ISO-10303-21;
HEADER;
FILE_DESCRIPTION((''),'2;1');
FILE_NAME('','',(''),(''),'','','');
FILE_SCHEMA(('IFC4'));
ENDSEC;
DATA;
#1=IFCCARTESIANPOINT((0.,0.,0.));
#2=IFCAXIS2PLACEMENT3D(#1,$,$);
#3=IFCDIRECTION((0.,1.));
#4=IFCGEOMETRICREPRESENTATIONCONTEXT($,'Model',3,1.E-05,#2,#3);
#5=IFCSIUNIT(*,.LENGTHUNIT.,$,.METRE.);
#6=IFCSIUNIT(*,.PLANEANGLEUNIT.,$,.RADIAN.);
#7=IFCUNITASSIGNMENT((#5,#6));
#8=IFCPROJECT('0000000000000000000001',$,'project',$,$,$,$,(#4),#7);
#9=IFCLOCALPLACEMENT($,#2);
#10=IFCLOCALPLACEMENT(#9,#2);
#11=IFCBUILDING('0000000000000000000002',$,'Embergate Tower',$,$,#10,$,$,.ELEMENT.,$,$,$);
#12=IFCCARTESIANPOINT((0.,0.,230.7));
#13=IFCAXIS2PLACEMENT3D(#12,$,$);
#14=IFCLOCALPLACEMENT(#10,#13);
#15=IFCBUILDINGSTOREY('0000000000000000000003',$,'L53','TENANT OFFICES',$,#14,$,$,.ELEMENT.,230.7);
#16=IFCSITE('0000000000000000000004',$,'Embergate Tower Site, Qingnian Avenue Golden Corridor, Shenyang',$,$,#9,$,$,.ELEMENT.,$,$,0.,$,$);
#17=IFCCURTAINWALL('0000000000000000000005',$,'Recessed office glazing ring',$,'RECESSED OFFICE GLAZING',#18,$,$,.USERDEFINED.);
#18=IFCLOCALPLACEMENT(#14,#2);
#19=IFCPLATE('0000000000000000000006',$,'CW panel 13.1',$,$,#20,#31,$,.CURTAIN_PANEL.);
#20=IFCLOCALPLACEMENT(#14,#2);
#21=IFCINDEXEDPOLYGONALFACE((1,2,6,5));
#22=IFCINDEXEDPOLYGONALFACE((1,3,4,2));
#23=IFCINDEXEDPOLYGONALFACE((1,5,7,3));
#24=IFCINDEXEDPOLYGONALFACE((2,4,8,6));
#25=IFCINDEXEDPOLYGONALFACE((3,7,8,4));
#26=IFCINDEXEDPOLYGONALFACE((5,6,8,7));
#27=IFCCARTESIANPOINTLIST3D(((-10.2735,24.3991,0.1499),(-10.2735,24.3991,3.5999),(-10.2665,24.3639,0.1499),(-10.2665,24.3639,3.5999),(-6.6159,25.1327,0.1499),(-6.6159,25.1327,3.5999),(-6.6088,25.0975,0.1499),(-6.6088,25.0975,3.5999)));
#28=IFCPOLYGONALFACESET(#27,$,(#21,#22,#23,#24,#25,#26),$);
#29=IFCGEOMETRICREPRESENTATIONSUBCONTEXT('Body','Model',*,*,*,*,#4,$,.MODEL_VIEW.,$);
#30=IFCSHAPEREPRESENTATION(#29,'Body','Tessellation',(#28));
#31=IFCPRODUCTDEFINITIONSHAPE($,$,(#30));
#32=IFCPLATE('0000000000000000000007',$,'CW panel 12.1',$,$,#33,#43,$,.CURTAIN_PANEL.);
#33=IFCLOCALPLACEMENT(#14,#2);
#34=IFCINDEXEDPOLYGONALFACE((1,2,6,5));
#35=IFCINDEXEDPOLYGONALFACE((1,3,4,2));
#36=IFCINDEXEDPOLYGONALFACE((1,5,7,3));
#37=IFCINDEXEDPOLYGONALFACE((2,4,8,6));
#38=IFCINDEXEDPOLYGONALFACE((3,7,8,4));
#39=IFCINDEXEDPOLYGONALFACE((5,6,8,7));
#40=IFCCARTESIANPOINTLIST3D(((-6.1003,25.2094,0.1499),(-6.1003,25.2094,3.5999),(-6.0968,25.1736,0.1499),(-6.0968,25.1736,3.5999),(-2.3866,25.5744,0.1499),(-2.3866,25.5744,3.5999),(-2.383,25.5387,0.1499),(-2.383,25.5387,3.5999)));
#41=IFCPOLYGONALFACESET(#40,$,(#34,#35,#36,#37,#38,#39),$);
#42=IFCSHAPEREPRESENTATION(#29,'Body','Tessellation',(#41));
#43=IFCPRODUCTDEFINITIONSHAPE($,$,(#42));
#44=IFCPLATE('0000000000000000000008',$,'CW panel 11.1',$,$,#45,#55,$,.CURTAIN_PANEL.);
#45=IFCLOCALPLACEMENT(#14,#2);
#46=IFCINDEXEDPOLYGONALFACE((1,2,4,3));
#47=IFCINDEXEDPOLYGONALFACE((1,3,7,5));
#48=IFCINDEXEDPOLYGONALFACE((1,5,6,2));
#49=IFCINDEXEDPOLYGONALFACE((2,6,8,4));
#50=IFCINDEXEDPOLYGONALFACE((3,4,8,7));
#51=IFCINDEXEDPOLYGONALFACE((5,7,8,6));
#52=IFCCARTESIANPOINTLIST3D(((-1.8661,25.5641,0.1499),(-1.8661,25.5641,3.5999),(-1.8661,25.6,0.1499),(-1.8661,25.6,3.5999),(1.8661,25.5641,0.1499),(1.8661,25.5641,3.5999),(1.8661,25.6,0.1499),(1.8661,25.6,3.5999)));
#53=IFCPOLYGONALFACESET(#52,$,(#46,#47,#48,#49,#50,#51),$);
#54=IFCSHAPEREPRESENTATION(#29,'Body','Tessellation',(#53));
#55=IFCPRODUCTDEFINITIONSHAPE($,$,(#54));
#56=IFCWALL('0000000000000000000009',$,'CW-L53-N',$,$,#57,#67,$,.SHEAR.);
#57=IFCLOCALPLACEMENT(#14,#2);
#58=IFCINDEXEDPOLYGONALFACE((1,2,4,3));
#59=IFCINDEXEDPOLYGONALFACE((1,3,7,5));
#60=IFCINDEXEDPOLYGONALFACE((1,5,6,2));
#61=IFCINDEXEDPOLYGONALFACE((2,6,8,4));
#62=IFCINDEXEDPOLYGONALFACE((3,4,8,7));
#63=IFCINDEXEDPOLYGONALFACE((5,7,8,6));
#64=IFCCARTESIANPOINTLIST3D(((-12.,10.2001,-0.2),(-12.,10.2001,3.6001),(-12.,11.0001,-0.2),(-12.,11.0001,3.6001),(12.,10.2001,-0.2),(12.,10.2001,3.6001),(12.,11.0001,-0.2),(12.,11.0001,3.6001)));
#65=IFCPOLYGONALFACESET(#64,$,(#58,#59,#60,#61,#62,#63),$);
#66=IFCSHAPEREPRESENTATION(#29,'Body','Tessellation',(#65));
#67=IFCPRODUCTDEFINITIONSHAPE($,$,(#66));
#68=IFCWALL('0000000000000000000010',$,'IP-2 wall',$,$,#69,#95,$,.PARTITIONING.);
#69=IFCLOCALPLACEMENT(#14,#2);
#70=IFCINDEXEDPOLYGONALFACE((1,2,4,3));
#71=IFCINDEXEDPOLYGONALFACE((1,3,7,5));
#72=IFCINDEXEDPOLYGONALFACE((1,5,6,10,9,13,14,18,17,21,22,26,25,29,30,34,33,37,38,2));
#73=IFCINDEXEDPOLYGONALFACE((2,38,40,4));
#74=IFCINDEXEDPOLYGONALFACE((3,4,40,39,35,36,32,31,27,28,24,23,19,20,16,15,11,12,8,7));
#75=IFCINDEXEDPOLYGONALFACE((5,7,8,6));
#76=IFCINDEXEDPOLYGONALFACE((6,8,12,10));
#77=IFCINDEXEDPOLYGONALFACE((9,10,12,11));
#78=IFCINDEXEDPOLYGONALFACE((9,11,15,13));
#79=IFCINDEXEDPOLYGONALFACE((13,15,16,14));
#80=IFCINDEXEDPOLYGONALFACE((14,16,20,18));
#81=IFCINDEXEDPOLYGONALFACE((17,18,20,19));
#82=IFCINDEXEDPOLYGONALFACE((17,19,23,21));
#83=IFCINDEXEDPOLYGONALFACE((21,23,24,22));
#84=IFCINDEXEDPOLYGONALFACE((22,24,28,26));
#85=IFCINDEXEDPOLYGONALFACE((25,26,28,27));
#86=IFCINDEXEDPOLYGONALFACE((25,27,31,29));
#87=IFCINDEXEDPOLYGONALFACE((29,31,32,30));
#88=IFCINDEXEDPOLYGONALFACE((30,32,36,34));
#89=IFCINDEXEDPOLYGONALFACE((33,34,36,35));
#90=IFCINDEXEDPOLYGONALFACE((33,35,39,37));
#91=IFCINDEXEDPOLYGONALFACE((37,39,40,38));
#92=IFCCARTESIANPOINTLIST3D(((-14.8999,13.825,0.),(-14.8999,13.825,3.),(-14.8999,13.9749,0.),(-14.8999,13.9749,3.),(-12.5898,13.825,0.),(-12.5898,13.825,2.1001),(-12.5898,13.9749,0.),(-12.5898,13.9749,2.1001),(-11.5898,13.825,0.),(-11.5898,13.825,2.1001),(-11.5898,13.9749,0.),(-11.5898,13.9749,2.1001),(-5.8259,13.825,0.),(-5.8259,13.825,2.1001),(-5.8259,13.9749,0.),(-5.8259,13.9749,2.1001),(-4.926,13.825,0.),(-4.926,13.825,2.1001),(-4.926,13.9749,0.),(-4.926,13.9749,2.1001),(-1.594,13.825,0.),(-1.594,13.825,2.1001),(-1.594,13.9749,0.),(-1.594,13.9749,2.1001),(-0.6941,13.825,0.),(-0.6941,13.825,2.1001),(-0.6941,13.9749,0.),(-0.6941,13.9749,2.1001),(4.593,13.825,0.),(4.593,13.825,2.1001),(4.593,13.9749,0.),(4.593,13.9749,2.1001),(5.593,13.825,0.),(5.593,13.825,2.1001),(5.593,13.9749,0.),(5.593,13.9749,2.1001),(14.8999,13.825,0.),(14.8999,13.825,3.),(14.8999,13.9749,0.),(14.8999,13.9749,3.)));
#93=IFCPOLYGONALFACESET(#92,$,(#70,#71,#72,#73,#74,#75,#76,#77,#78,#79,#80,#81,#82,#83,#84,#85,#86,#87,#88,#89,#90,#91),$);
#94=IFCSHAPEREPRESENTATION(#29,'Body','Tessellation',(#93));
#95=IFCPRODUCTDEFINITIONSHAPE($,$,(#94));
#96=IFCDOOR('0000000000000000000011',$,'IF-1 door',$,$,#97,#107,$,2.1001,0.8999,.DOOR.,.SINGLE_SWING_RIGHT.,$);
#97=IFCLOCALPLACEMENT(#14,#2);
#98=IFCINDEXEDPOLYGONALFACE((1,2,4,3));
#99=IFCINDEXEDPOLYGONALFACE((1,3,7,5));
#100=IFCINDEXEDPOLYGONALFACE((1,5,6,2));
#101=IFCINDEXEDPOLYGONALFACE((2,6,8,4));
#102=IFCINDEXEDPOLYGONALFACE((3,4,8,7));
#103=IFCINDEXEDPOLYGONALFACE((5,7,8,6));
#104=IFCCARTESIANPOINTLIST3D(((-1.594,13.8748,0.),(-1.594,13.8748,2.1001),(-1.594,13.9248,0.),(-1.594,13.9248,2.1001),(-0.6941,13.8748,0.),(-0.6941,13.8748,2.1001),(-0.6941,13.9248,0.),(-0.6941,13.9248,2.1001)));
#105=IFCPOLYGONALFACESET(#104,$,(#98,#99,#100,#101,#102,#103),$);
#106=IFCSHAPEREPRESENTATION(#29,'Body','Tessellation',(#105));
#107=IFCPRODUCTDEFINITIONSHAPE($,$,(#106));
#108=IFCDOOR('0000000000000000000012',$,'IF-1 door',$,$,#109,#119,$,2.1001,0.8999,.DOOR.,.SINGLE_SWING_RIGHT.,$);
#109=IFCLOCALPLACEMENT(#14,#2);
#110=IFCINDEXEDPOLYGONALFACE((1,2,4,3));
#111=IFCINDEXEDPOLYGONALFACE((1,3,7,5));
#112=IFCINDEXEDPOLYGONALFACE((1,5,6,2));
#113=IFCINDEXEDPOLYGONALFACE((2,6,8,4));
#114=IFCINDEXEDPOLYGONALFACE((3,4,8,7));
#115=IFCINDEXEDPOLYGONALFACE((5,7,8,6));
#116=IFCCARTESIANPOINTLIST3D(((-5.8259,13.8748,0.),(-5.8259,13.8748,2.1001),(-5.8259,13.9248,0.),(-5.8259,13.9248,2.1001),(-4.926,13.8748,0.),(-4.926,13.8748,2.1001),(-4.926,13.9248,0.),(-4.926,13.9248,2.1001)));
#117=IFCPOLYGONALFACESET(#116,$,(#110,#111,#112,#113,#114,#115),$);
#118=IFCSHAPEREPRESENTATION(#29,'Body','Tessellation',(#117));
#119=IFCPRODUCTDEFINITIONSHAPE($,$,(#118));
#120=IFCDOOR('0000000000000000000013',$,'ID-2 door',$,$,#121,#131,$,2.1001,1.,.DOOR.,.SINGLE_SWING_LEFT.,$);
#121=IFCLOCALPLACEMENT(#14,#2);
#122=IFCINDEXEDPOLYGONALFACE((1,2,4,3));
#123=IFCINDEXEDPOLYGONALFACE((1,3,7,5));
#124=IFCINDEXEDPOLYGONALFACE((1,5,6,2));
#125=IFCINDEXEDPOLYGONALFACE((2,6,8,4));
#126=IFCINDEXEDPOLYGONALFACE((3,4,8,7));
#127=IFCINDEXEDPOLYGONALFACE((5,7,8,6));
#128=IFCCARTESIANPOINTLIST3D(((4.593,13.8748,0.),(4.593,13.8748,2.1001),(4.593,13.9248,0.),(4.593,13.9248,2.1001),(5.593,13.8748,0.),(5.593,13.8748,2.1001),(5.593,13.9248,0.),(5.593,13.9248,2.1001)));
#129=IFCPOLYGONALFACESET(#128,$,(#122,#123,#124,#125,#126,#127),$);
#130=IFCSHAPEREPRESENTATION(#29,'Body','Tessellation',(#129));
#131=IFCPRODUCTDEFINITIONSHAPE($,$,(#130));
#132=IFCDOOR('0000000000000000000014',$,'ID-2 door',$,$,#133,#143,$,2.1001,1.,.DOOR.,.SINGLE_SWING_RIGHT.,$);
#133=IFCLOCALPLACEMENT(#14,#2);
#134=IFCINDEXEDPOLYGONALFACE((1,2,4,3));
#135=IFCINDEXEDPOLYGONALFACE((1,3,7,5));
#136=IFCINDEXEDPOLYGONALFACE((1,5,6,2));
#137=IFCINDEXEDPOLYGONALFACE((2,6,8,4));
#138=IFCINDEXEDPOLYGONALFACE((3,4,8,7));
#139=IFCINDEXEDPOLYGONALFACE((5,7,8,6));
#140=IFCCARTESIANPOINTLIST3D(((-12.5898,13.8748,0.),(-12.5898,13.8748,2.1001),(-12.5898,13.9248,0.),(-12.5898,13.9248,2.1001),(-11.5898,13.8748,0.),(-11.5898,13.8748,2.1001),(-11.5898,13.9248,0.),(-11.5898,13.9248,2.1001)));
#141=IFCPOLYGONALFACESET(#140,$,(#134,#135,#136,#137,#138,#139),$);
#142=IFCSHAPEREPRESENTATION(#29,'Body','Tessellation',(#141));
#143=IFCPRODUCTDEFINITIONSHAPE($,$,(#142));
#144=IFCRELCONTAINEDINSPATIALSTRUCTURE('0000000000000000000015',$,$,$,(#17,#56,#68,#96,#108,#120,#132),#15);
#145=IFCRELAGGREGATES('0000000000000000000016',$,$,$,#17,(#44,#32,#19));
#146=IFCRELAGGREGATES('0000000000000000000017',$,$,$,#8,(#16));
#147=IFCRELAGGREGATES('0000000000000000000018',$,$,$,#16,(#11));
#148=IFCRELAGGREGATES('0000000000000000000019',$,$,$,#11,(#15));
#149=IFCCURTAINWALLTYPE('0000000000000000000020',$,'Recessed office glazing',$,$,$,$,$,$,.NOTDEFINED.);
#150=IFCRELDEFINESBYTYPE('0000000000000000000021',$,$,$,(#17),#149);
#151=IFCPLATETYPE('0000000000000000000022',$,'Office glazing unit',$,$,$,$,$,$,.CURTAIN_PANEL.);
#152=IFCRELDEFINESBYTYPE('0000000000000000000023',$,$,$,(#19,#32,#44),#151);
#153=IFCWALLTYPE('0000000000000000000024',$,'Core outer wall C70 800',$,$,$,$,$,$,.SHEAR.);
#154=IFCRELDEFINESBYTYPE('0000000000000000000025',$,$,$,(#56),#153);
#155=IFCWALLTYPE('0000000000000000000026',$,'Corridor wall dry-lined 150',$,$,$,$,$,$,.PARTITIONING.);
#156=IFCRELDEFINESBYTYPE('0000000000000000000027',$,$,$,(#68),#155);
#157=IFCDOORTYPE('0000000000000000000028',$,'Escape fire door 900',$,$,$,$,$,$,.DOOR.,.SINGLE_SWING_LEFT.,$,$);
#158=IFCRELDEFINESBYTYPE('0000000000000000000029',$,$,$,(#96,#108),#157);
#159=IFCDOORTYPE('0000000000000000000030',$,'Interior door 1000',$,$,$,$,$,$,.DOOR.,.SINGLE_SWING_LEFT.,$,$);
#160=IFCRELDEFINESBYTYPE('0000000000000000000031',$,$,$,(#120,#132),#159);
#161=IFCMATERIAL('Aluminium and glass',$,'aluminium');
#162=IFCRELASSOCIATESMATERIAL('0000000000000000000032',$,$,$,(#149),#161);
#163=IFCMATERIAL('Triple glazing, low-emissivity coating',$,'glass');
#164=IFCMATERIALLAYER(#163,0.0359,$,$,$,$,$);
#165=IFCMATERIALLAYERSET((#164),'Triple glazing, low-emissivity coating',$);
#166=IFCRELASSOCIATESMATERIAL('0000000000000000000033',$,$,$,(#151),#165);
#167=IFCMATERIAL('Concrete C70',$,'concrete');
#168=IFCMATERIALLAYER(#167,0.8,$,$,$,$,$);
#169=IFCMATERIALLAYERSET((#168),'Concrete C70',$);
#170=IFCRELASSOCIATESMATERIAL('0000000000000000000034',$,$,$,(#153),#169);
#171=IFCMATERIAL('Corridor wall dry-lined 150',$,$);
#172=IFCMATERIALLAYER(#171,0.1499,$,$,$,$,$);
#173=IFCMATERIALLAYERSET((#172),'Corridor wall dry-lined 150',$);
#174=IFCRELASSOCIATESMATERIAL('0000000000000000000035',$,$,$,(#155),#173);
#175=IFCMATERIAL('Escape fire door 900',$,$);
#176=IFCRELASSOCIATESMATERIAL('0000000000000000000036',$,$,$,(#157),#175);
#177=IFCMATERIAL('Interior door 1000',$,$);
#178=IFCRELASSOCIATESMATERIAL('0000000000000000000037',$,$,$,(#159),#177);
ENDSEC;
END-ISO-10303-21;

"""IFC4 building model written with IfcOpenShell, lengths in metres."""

from ifc_helpers import new_model, si_unit, direction, frame, frame_2d, origin, origin_2d, place, context, subcontext, project, spatial, rectangle, extrude, source, transform, mapped, material, layer, layer_set, type_object, element, fill, aggregate, save


model = new_model("IFC4")

# Units and contexts
model_context = context("Model", 3, precision=1e-05, world=origin(), true_north=direction((0.0, 1.0)))
body_context = subcontext(model_context, "Body", "Model", "MODEL_VIEW")
ifc_project = project(units=[si_unit("LENGTHUNIT", "METRE"), si_unit("PLANEANGLEUNIT", "RADIAN")], contexts=[model_context])

# Site, building, storey
site_placement = place(None, origin())
site = spatial("IfcSite", under=ifc_project, at=site_placement, Name="Embergate Tower Site, Qingnian Avenue Golden Corridor, Shenyang", CompositionType="ELEMENT", RefElevation=0.0)
building_placement = place(site_placement, origin())
building = spatial("IfcBuilding", under=site, at=building_placement, Name="Embergate Tower", CompositionType="ELEMENT")
storey_placement = place(building_placement, frame((0.0, 0.0, 230.7)))
storey = spatial("IfcBuildingStorey", under=building, at=storey_placement, Name="L53", Description="TENANT OFFICES", CompositionType="ELEMENT", Elevation=230.7)

# Curtain wall, plates
ifc_material_1 = material(Name="Aluminium and glass", Category="aluminium")
curtain_wall_type = type_object("IfcCurtainWallType", Name="Recessed office glazing", PredefinedType="NOTDEFINED", material=ifc_material_1)
curtain_wall_placement = place(storey_placement, origin())
curtain_wall = element("IfcCurtainWall", 1, at=curtain_wall_placement, inside=storey, type_object=curtain_wall_type, Name="Recessed office glazing ring", ObjectType="RECESSED OFFICE GLAZING", PredefinedType="USERDEFINED")
ifc_material_2 = material(Name="Triple glazing, low-emissivity coating", Category="glass")
ifc_layer_1 = layer(ifc_material_2, 0.0359)
ifc_layer_set_1 = layer_set([ifc_layer_1], Name="Triple glazing, low-emissivity coating")
plate_type = type_object("IfcPlateType", Name="Office glazing unit", PredefinedType="CURTAIN_PANEL", material=ifc_layer_set_1)
shared_shape_1 = source(origin(), body_context, "Body", "SweptSolid", [
    extrude(rectangle(XDim=3.7305, YDim=0.0359, at=origin_2d()), origin(), (0.0, 0.0, 1.0), 3.45),
])
plate_1_placement = place(storey_placement, frame((-8.4412, 24.7483, 0.1499), z_axis=(0.0, 0.0, 1.0), x_axis=(-0.980477, -0.196636, 0.0)))
plate_1 = element("IfcPlate", 2, at=plate_1_placement, type_object=plate_type, Name="CW panel 13.1", PredefinedType="CURTAIN_PANEL", context=body_context, shape_type="MappedRepresentation", body=[
    mapped(shared_shape_1, transform((0.0, 0.0, 0.0))),
])
shared_shape_2 = source(origin(), body_context, "Body", "SweptSolid", [
    extrude(rectangle(XDim=3.7317, YDim=0.0359, at=origin_2d()), origin(), (0.0, 0.0, 1.0), 3.45),
])
plate_2_placement = place(storey_placement, frame((-4.2417, 25.374, 0.1499), z_axis=(0.0, 0.0, 1.0), x_axis=(-0.995203, -0.097828, 0.0)))
plate_2 = element("IfcPlate", 3, at=plate_2_placement, type_object=plate_type, Name="CW panel 12.1", PredefinedType="CURTAIN_PANEL", context=body_context, shape_type="MappedRepresentation", body=[
    mapped(shared_shape_2, transform((0.0, 0.0, 0.0))),
])
shared_shape_3 = source(origin(), body_context, "Body", "SweptSolid", [
    extrude(rectangle(XDim=3.7322, YDim=0.0359, at=origin_2d()), origin(), (0.0, 0.0, 1.0), 3.45),
])
plate_3_placement = place(storey_placement, frame((0.0, 25.582, 0.1499), z_axis=(0.0, 0.0, 1.0), x_axis=(-1.0, 0.0, 0.0)))
plate_3 = element("IfcPlate", 4, at=plate_3_placement, type_object=plate_type, Name="CW panel 11.1", PredefinedType="CURTAIN_PANEL", context=body_context, shape_type="MappedRepresentation", body=[
    mapped(shared_shape_3, transform((0.0, 0.0, 0.0))),
])
aggregate(curtain_wall, [plate_3, plate_2, plate_1])

# Wall
ifc_material_3 = material(Name="Concrete C70", Category="concrete")
ifc_layer_2 = layer(ifc_material_3, 0.8)
ifc_layer_set_2 = layer_set([ifc_layer_2], Name="Concrete C70")
wall_type_1 = type_object("IfcWallType", Name="Core outer wall C70 800", PredefinedType="SHEAR", material=ifc_layer_set_2)
shared_shape_4 = source(origin(), body_context, "Body", "SweptSolid", [
    extrude(rectangle(XDim=24.0, YDim=0.8, at=frame_2d((12.0, 0.0))), origin(), (0.0, 0.0, 1.0), 3.8),
])
wall_1_placement = place(storey_placement, frame((-12.0, 10.6001, -0.2), z_axis=(0.0, 0.0, 1.0), x_axis=(1.0, 0.0, 0.0)))
element("IfcWall", 5, at=wall_1_placement, inside=storey, type_object=wall_type_1, Name="CW-L53-N", PredefinedType="SHEAR", context=body_context, shape_type="MappedRepresentation", body=[
    mapped(shared_shape_4, transform((0.0, 0.0, 0.0))),
])

# Wall, openings, doors
ifc_material_4 = material(Name="Corridor wall dry-lined 150")
ifc_layer_3 = layer(ifc_material_4, 0.1499)
ifc_layer_set_3 = layer_set([ifc_layer_3], Name="Corridor wall dry-lined 150")
wall_type_2 = type_object("IfcWallType", Name="Corridor wall dry-lined 150", PredefinedType="PARTITIONING", material=ifc_layer_set_3)
shared_shape_5 = source(origin(), body_context, "Body", "SweptSolid", [
    extrude(rectangle(XDim=29.7998, YDim=0.1499, at=frame_2d((14.8999, 0.0))), origin(), (0.0, 0.0, 1.0), 3.0),
])
wall_2_placement = place(storey_placement, frame((-14.8999, 13.8999, 0.0), z_axis=(0.0, 0.0, 1.0), x_axis=(1.0, 0.0, 0.0)))
wall_2 = element("IfcWall", 6, at=wall_2_placement, inside=storey, type_object=wall_type_2, Name="IP-2 wall", PredefinedType="PARTITIONING", context=body_context, shape_type="MappedRepresentation", body=[
    mapped(shared_shape_5, transform((0.0, 0.0, 0.0))),
])
shared_shape_6 = source(origin(), body_context, "Body", "SweptSolid", [
    extrude(rectangle(XDim=1.0, YDim=2.1001, at=frame_2d((0.5, 1.05))), frame((0.0, 0.085, 0.0), z_axis=(0.0, -1.0, 0.0), x_axis=(1.0, 0.0, 0.0)), (0.0, 0.0, 1.0), 0.1699),
])
opening_1_placement = place(wall_2_placement, frame((19.4929, 0.0, 0.0)))
opening_1 = element("IfcOpeningElement", 7, at=opening_1_placement, cuts=wall_2, PredefinedType="OPENING", context=body_context, shape_type="MappedRepresentation", body=[
    mapped(shared_shape_6, transform((0.0, 0.0, 0.0))),
])
shared_shape_7 = source(origin(), body_context, "Body", "SweptSolid", [
    extrude(rectangle(XDim=0.8999, YDim=2.1001, at=frame_2d((0.45, 1.05))), frame((0.0, 0.085, 0.0), z_axis=(0.0, -1.0, 0.0), x_axis=(1.0, 0.0, 0.0)), (0.0, 0.0, 1.0), 0.1699),
])
opening_2_placement = place(wall_2_placement, frame((13.3059, 0.0, 0.0)))
opening_2 = element("IfcOpeningElement", 8, at=opening_2_placement, cuts=wall_2, PredefinedType="OPENING", context=body_context, shape_type="MappedRepresentation", body=[
    mapped(shared_shape_7, transform((0.0, 0.0, 0.0))),
])
opening_3_placement = place(wall_2_placement, frame((9.074, 0.0, 0.0)))
opening_3 = element("IfcOpeningElement", 9, at=opening_3_placement, cuts=wall_2, PredefinedType="OPENING", context=body_context, shape_type="MappedRepresentation", body=[
    mapped(shared_shape_7, transform((0.0, 0.0, 0.0))),
])
opening_4_placement = place(wall_2_placement, frame((2.3101, 0.0, 0.0)))
opening_4 = element("IfcOpeningElement", 10, at=opening_4_placement, cuts=wall_2, PredefinedType="OPENING", context=body_context, shape_type="MappedRepresentation", body=[
    mapped(shared_shape_6, transform((0.0, 0.0, 0.0))),
])
ifc_material_5 = material(Name="Escape fire door 900")
door_type_1 = type_object("IfcDoorType", Name="Escape fire door 900", OperationType="SINGLE_SWING_LEFT", PredefinedType="DOOR", material=ifc_material_5)
shared_shape_8 = source(origin(), body_context, "Body", "SweptSolid", [
    extrude(rectangle(XDim=0.8999, YDim=2.1001, at=frame_2d((0.45, 1.05))), frame((0.0, 0.0249, 0.0), z_axis=(0.0, -1.0, 0.0), x_axis=(1.0, 0.0, 0.0)), (0.0, 0.0, 1.0), 0.05),
])
door_1_placement = place(opening_2_placement, origin())
door_1 = element("IfcDoor", 11, at=door_1_placement, inside=storey, type_object=door_type_1, Name="IF-1 door", OperationType="SINGLE_SWING_RIGHT", OverallHeight=2.1001, OverallWidth=0.8999, PredefinedType="DOOR", context=body_context, shape_type="MappedRepresentation", body=[
    mapped(shared_shape_8, transform((0.0, 0.0, 0.0))),
])
fill(opening_2, door_1)
door_2_placement = place(opening_3_placement, origin())
door_2 = element("IfcDoor", 12, at=door_2_placement, inside=storey, type_object=door_type_1, Name="IF-1 door", OperationType="SINGLE_SWING_RIGHT", OverallHeight=2.1001, OverallWidth=0.8999, PredefinedType="DOOR", context=body_context, shape_type="MappedRepresentation", body=[
    mapped(shared_shape_8, transform((0.0, 0.0, 0.0))),
])
fill(opening_3, door_2)
ifc_material_6 = material(Name="Interior door 1000")
door_type_2 = type_object("IfcDoorType", Name="Interior door 1000", OperationType="SINGLE_SWING_LEFT", PredefinedType="DOOR", material=ifc_material_6)
shared_shape_9 = source(origin(), body_context, "Body", "SweptSolid", [
    extrude(rectangle(XDim=1.0, YDim=2.1001, at=frame_2d((0.5, 1.05))), frame((0.0, 0.0249, 0.0), z_axis=(0.0, -1.0, 0.0), x_axis=(1.0, 0.0, 0.0)), (0.0, 0.0, 1.0), 0.05),
])
door_3_placement = place(opening_1_placement, origin())
door_3 = element("IfcDoor", 13, at=door_3_placement, inside=storey, type_object=door_type_2, Name="ID-2 door", OperationType="SINGLE_SWING_LEFT", OverallHeight=2.1001, OverallWidth=1.0, PredefinedType="DOOR", context=body_context, shape_type="MappedRepresentation", body=[
    mapped(shared_shape_9, transform((0.0, 0.0, 0.0))),
])
fill(opening_1, door_3)
door_4_placement = place(opening_4_placement, origin())
door_4 = element("IfcDoor", 14, at=door_4_placement, inside=storey, type_object=door_type_2, Name="ID-2 door", OperationType="SINGLE_SWING_RIGHT", OverallHeight=2.1001, OverallWidth=1.0, PredefinedType="DOOR", context=body_context, shape_type="MappedRepresentation", body=[
    mapped(shared_shape_9, transform((0.0, 0.0, 0.0))),
])
fill(opening_4, door_4)

save(model, "model.ifc")
